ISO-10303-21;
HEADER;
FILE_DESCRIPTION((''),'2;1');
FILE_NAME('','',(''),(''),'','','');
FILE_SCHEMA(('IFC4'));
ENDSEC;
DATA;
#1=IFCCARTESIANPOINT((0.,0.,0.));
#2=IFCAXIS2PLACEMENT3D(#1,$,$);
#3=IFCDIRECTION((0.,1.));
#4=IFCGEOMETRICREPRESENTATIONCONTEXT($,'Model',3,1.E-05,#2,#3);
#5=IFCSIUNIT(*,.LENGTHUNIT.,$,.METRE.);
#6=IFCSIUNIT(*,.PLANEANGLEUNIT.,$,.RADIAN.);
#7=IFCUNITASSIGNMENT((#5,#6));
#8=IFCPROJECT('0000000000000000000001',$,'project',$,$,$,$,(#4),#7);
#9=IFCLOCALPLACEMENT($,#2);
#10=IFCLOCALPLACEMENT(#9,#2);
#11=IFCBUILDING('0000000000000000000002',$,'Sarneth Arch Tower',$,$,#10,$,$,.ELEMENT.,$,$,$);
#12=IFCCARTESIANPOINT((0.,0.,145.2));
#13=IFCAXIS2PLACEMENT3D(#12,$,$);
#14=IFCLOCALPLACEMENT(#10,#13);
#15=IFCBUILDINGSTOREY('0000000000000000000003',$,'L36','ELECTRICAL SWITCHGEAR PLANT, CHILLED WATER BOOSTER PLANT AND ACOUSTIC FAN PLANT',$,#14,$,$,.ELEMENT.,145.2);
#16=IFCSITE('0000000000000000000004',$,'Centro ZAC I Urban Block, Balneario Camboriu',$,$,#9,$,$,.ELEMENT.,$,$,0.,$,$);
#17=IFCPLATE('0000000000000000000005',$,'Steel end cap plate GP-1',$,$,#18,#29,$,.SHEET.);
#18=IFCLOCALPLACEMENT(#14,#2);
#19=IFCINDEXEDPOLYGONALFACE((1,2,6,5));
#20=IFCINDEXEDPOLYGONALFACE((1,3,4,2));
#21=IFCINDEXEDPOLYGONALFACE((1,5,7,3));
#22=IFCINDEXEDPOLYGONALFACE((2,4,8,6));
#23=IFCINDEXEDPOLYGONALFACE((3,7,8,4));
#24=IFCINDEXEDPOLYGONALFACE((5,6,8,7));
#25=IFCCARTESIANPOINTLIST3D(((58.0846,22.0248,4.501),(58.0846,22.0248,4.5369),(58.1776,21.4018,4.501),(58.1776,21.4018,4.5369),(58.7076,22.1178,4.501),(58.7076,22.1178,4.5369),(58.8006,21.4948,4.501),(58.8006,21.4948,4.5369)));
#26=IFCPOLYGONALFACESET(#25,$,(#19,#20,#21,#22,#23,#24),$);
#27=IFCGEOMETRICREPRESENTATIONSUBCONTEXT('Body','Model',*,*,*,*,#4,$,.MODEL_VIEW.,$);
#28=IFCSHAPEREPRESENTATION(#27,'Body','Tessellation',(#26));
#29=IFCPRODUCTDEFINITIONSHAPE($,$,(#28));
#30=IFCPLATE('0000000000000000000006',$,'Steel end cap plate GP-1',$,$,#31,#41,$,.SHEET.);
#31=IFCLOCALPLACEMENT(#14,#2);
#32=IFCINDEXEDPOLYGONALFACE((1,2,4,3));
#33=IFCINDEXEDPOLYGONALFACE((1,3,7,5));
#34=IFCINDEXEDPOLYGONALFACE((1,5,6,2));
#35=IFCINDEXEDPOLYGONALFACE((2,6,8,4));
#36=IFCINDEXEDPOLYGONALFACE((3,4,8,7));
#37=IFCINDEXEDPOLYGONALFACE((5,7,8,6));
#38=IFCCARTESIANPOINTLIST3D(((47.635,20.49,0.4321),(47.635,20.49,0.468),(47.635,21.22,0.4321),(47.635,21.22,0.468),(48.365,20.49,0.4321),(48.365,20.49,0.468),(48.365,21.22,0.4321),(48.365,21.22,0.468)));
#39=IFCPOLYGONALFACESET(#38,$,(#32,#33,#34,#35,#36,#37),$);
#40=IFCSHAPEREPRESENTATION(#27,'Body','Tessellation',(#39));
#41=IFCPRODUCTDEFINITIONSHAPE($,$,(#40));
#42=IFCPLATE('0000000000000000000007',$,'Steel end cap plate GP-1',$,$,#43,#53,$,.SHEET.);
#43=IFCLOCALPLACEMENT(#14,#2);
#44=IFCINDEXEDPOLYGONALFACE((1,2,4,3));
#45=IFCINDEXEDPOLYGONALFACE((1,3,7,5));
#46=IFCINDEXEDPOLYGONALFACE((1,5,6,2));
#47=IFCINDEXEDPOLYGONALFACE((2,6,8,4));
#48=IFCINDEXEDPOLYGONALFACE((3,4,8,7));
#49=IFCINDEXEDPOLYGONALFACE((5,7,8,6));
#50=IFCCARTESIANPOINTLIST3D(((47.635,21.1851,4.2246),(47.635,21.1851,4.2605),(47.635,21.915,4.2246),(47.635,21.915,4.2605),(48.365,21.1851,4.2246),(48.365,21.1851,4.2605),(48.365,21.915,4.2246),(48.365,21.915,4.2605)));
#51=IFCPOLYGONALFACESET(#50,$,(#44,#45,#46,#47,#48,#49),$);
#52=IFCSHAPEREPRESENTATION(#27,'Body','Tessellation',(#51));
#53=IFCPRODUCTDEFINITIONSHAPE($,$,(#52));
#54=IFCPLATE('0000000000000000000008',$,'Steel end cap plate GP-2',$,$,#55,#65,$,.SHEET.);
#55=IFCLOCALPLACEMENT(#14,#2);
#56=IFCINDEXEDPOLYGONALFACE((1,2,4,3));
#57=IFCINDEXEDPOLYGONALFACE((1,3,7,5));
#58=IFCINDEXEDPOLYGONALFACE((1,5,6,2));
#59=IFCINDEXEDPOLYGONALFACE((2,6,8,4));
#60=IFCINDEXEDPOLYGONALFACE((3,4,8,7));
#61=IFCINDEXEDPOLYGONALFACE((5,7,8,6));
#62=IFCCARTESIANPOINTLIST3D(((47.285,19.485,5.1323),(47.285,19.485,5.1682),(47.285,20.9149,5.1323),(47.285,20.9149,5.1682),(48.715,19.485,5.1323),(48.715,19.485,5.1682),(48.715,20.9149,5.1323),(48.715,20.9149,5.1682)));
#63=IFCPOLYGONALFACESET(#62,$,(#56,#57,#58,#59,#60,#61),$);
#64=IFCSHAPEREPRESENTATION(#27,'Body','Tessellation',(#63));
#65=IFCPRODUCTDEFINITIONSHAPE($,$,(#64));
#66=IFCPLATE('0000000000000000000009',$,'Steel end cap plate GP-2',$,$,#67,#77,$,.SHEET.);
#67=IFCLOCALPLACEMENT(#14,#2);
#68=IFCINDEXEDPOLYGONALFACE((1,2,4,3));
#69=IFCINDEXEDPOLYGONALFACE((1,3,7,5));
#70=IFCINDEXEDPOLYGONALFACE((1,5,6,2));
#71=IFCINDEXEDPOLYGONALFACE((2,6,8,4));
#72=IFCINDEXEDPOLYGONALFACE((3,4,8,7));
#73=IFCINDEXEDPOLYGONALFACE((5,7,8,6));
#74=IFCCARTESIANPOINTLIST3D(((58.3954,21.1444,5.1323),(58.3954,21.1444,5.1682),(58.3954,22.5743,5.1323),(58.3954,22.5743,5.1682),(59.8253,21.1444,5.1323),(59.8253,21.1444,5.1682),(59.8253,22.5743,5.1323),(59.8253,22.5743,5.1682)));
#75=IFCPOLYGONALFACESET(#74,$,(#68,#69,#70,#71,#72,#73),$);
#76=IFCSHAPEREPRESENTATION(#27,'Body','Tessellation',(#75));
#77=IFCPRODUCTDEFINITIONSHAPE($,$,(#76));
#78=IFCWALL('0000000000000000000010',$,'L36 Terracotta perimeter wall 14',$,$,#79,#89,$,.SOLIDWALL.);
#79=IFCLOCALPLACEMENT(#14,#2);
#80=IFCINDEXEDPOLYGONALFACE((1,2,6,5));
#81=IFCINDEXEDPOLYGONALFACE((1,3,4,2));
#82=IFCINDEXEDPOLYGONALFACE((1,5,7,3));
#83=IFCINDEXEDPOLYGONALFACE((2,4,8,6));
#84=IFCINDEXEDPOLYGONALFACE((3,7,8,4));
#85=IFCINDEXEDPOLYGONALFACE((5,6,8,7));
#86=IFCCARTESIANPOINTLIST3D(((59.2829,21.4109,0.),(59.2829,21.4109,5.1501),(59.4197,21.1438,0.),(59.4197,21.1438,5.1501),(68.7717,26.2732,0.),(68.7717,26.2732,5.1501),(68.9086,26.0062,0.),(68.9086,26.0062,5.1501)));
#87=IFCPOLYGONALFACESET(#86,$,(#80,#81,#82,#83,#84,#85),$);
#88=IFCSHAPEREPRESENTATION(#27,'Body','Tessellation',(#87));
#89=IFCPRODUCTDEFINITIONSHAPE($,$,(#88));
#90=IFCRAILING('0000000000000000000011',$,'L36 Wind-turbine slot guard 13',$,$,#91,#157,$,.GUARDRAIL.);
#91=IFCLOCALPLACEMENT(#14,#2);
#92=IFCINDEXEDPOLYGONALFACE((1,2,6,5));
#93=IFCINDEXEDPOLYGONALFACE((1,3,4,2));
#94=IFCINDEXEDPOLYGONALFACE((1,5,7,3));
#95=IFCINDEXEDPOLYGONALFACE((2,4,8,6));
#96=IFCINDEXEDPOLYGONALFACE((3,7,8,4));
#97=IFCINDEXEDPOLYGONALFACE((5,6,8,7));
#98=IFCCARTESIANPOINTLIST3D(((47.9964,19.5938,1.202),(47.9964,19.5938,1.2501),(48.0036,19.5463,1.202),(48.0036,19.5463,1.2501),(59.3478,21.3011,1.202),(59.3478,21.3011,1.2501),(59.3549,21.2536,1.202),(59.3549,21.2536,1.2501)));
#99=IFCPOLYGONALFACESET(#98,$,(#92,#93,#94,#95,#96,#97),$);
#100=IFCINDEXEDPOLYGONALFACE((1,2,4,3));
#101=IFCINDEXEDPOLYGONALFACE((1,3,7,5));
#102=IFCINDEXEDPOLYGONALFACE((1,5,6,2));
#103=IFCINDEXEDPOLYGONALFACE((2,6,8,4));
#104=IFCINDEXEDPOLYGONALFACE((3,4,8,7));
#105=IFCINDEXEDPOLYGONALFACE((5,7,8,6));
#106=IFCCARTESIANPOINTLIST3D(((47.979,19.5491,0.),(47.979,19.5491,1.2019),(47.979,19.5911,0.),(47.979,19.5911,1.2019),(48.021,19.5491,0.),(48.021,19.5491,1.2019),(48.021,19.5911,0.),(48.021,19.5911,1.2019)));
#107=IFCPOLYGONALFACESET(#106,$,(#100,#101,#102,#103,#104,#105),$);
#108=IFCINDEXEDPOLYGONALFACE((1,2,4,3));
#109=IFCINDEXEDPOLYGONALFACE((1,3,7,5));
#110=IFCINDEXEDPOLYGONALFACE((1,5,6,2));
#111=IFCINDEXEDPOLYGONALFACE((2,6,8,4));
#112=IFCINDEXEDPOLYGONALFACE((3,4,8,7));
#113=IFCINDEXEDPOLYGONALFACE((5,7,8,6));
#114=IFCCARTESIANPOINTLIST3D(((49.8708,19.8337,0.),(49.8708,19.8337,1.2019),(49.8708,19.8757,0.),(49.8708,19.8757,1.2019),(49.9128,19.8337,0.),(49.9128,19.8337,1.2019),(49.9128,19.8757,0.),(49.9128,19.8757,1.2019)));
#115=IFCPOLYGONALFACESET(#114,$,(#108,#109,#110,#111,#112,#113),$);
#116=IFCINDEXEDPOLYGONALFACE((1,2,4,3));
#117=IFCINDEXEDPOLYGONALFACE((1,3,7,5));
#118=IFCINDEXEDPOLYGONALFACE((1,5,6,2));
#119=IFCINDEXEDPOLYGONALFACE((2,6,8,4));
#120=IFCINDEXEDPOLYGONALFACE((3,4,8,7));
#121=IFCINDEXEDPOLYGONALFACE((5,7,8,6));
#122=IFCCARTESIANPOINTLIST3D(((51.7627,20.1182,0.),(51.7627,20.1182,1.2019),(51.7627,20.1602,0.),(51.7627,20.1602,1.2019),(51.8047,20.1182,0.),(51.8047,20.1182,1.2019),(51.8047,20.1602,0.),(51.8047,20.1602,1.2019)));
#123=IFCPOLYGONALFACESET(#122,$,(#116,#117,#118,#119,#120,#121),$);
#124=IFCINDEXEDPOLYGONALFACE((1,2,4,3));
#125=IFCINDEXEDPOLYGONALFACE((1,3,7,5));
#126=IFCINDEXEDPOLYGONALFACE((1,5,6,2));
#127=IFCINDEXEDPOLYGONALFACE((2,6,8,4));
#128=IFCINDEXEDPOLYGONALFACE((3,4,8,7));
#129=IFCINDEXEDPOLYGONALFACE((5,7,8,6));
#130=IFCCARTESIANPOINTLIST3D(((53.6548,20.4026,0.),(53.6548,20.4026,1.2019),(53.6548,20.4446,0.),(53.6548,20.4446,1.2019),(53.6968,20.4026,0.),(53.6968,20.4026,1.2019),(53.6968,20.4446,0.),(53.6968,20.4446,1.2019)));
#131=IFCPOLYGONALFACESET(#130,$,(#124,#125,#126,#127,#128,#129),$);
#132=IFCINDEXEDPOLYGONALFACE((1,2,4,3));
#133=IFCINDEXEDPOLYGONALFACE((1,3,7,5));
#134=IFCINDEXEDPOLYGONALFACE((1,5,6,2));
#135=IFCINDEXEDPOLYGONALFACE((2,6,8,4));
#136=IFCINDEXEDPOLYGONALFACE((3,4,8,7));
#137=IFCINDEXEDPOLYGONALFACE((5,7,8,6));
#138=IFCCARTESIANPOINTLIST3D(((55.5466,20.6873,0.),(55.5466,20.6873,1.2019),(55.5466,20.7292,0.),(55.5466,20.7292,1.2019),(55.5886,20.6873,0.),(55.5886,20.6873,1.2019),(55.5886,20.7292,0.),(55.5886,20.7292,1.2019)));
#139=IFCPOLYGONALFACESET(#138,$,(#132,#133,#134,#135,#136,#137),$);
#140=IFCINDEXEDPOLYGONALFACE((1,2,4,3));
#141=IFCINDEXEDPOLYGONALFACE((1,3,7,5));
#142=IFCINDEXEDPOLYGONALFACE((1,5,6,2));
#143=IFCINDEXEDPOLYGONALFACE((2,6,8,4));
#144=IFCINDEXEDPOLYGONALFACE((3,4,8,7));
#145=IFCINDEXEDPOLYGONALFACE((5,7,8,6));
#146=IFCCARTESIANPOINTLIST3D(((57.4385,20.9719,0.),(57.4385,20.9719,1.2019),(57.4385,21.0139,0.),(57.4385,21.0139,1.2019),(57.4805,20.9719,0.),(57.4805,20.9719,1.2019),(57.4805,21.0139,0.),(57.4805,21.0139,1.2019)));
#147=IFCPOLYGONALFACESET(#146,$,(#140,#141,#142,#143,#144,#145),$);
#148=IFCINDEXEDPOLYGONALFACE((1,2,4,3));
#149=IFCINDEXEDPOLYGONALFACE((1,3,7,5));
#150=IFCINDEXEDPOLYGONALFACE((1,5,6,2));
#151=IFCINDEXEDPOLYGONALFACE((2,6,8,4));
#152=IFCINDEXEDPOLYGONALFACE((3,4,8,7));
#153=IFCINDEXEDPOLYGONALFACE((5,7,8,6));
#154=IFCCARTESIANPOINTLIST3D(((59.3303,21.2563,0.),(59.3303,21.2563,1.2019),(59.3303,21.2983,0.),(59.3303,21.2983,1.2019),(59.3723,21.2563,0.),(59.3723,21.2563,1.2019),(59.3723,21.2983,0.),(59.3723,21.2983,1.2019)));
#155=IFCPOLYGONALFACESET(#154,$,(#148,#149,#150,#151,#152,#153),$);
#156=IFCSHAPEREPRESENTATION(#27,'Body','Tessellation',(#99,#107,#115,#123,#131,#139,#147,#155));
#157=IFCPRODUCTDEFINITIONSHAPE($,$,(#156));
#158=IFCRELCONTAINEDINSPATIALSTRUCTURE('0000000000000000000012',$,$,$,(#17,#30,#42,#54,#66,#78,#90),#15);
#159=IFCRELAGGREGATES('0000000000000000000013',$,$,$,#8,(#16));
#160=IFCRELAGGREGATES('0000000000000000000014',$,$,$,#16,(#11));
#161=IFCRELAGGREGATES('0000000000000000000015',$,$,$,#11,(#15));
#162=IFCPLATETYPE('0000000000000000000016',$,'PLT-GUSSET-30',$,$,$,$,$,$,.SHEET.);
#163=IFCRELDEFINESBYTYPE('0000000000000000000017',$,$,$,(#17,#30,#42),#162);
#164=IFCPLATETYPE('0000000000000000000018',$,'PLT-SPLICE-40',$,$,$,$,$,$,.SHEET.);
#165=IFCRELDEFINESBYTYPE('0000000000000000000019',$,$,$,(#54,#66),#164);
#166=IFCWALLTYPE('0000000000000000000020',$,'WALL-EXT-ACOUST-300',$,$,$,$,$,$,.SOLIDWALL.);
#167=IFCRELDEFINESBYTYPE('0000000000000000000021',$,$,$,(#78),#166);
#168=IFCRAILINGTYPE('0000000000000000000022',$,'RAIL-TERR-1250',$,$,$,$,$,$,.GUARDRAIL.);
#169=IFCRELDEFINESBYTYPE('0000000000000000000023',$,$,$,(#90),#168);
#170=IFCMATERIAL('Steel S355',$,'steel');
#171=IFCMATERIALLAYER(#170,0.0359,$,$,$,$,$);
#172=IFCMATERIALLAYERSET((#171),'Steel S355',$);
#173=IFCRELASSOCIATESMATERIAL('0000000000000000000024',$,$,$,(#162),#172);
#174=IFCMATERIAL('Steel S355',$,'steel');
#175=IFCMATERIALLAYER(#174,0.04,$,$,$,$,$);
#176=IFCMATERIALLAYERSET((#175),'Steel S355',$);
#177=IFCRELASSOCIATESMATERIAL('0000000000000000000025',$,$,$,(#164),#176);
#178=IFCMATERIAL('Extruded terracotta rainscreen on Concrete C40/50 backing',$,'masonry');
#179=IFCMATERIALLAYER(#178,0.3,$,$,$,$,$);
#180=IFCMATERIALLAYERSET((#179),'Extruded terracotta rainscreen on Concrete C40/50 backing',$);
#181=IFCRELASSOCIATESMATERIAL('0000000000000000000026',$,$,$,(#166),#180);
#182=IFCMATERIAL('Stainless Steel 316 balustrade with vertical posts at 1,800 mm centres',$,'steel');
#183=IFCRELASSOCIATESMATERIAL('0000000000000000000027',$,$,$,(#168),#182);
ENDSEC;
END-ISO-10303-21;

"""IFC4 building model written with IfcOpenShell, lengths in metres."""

from ifc_helpers import new_model, si_unit, direction, frame, frame_2d, origin, origin_2d, place, context, subcontext, project, spatial, rectangle, extrude, material, layer, layer_set, type_object, element, save


model = new_model("IFC4")

# Units and contexts
model_context = context("Model", 3, precision=1e-05, world=origin(), true_north=direction((0.0, 1.0)))
body_context = subcontext(model_context, "Body", "Model", "MODEL_VIEW")
ifc_project = project(units=[si_unit("LENGTHUNIT", "METRE"), si_unit("PLANEANGLEUNIT", "RADIAN")], contexts=[model_context])

# Site, building, storey
site_placement = place(None, origin())
site = spatial("IfcSite", under=ifc_project, at=site_placement, Name="Centro ZAC I Urban Block, Balneario Camboriu", CompositionType="ELEMENT", RefElevation=0.0)
building_placement = place(site_placement, origin())
building = spatial("IfcBuilding", under=site, at=building_placement, Name="Sarneth Arch Tower", CompositionType="ELEMENT")
storey_placement = place(building_placement, frame((0.0, 0.0, 145.2)))
storey = spatial("IfcBuildingStorey", under=building, at=storey_placement, Name="L36", Description="ELECTRICAL SWITCHGEAR PLANT, CHILLED WATER BOOSTER PLANT AND ACOUSTIC FAN PLANT", CompositionType="ELEMENT", Elevation=145.2)

# Plates
ifc_material_1 = material(Name="Steel S355", Category="steel")
ifc_layer_1 = layer(ifc_material_1, 0.0359)
ifc_layer_set_1 = layer_set([ifc_layer_1], Name="Steel S355")
plate_type_1 = type_object("IfcPlateType", Name="PLT-GUSSET-30", PredefinedType="SHEET", material=ifc_layer_set_1)
for number, where, z_axis, x_axis, name in (
    (1, (58.4426, 21.7598, 4.501), (0.0, 0.0, 1.0), (0.989042, 0.147637, 0.0), "Steel end cap plate GP-1"),
):
    element("IfcPlate", number, at=place(storey_placement, frame(where, z_axis=z_axis, x_axis=x_axis)), inside=storey, type_object=plate_type_1, Name=name, PredefinedType="SHEET", context=body_context, shape_type="SweptSolid", body=[
        extrude(rectangle(XDim=0.6299, YDim=0.6299, at=origin_2d()), origin(), (0.0, 0.0, 1.0), 0.0359),
    ])
for number, where, z_axis, x_axis, name in (
    (2, (48.0, 20.855, 0.4321), (0.0, 0.0, 1.0), (1.0, 0.0, 0.0), "Steel end cap plate GP-1"),
    (3, (48.0, 21.55, 4.2246), (0.0, 0.0, 1.0), (1.0, 0.0, 0.0), "Steel end cap plate GP-1"),
):
    element("IfcPlate", number, at=place(storey_placement, frame(where, z_axis=z_axis, x_axis=x_axis)), inside=storey, type_object=plate_type_1, Name=name, PredefinedType="SHEET", context=body_context, shape_type="SweptSolid", body=[
        extrude(rectangle(XDim=0.73, YDim=0.73, at=origin_2d()), origin(), (0.0, 0.0, 1.0), 0.0359),
    ])
ifc_material_2 = material(Name="Steel S355", Category="steel")
ifc_layer_2 = layer(ifc_material_2, 0.04)
ifc_layer_set_2 = layer_set([ifc_layer_2], Name="Steel S355")
plate_type_2 = type_object("IfcPlateType", Name="PLT-SPLICE-40", PredefinedType="SHEET", material=ifc_layer_set_2)
for number, where, z_axis, x_axis, name in (
    (4, (48.0, 20.2, 5.1323), (0.0, 0.0, 1.0), (1.0, 0.0, 0.0), "Steel end cap plate GP-2"),
    (5, (59.1104, 21.8594, 5.1323), (0.0, 0.0, 1.0), (1.0, 0.0, 0.0), "Steel end cap plate GP-2"),
):
    element("IfcPlate", number, at=place(storey_placement, frame(where, z_axis=z_axis, x_axis=x_axis)), inside=storey, type_object=plate_type_2, Name=name, PredefinedType="SHEET", context=body_context, shape_type="SweptSolid", body=[
        extrude(rectangle(XDim=1.4299, YDim=1.4299, at=origin_2d()), origin(), (0.0, 0.0, 1.0), 0.0359),
    ])

# Wall
ifc_material_3 = material(Name="Extruded terracotta rainscreen on Concrete C40/50 backing", Category="masonry")
ifc_layer_3 = layer(ifc_material_3, 0.3)
ifc_layer_set_3 = layer_set([ifc_layer_3], Name="Extruded terracotta rainscreen on Concrete C40/50 backing")
wall_type = type_object("IfcWallType", Name="WALL-EXT-ACOUST-300", PredefinedType="SOLIDWALL", material=ifc_layer_set_3)
wall_placement = place(storey_placement, frame((59.3513, 21.2773, 0.0), z_axis=(0.0, 0.0, 1.0), x_axis=(0.88996, 0.45604, 0.0)))
element("IfcWall", 6, at=wall_placement, inside=storey, type_object=wall_type, Name="L36 Terracotta perimeter wall 14", PredefinedType="SOLIDWALL", context=body_context, shape_type="SweptSolid", body=[
    extrude(rectangle(XDim=10.6621, YDim=0.3, at=frame_2d((5.3311, 0.0))), origin(), (0.0, 0.0, 1.0), 5.1501),
])

# Railing
ifc_material_4 = material(Name="Stainless Steel 316 balustrade with vertical posts at 1,800 mm centres", Category="steel")
railing_type = type_object("IfcRailingType", Name="RAIL-TERR-1250", PredefinedType="GUARDRAIL", material=ifc_material_4)
railing_placement = place(storey_placement, frame((48.0, 19.5701, 0.0)))
element("IfcRailing", 7, at=railing_placement, inside=storey, type_object=railing_type, Name="L36 Wind-turbine slot guard 13", PredefinedType="GUARDRAIL", context=body_context, shape_type="SweptSolid", body=[
    extrude(rectangle(XDim=0.0481, YDim=0.0481, at=origin_2d()), frame((0.0, 0.0, 1.2261), z_axis=(0.988878, 0.14873, 0.0), x_axis=(-0.14873, 0.988878, 0.0)), (0.0, 0.0, 1.0), 11.479),
    extrude(rectangle(XDim=0.042, YDim=0.042, at=origin_2d()), origin(), (0.0, 0.0, 1.0), 1.2019),
    extrude(rectangle(XDim=0.042, YDim=0.042, at=origin_2d()), frame((1.8918, 0.2847, 0.0)), (0.0, 0.0, 1.0), 1.2019),
    extrude(rectangle(XDim=0.042, YDim=0.042, at=origin_2d()), frame((3.7837, 0.5691, 0.0)), (0.0, 0.0, 1.0), 1.2019),
    extrude(rectangle(XDim=0.042, YDim=0.042, at=origin_2d()), frame((5.6758, 0.8535, 0.0)), (0.0, 0.0, 1.0), 1.2019),
    extrude(rectangle(XDim=0.042, YDim=0.042, at=origin_2d()), frame((7.5676, 1.1382, 0.0)), (0.0, 0.0, 1.0), 1.2019),
    extrude(rectangle(XDim=0.042, YDim=0.042, at=origin_2d()), frame((9.4595, 1.4229, 0.0)), (0.0, 0.0, 1.0), 1.2019),
    extrude(rectangle(XDim=0.042, YDim=0.042, at=origin_2d()), frame((11.3513, 1.7073, 0.0)), (0.0, 0.0, 1.0), 1.2019),
])

save(model, "model.ifc")
